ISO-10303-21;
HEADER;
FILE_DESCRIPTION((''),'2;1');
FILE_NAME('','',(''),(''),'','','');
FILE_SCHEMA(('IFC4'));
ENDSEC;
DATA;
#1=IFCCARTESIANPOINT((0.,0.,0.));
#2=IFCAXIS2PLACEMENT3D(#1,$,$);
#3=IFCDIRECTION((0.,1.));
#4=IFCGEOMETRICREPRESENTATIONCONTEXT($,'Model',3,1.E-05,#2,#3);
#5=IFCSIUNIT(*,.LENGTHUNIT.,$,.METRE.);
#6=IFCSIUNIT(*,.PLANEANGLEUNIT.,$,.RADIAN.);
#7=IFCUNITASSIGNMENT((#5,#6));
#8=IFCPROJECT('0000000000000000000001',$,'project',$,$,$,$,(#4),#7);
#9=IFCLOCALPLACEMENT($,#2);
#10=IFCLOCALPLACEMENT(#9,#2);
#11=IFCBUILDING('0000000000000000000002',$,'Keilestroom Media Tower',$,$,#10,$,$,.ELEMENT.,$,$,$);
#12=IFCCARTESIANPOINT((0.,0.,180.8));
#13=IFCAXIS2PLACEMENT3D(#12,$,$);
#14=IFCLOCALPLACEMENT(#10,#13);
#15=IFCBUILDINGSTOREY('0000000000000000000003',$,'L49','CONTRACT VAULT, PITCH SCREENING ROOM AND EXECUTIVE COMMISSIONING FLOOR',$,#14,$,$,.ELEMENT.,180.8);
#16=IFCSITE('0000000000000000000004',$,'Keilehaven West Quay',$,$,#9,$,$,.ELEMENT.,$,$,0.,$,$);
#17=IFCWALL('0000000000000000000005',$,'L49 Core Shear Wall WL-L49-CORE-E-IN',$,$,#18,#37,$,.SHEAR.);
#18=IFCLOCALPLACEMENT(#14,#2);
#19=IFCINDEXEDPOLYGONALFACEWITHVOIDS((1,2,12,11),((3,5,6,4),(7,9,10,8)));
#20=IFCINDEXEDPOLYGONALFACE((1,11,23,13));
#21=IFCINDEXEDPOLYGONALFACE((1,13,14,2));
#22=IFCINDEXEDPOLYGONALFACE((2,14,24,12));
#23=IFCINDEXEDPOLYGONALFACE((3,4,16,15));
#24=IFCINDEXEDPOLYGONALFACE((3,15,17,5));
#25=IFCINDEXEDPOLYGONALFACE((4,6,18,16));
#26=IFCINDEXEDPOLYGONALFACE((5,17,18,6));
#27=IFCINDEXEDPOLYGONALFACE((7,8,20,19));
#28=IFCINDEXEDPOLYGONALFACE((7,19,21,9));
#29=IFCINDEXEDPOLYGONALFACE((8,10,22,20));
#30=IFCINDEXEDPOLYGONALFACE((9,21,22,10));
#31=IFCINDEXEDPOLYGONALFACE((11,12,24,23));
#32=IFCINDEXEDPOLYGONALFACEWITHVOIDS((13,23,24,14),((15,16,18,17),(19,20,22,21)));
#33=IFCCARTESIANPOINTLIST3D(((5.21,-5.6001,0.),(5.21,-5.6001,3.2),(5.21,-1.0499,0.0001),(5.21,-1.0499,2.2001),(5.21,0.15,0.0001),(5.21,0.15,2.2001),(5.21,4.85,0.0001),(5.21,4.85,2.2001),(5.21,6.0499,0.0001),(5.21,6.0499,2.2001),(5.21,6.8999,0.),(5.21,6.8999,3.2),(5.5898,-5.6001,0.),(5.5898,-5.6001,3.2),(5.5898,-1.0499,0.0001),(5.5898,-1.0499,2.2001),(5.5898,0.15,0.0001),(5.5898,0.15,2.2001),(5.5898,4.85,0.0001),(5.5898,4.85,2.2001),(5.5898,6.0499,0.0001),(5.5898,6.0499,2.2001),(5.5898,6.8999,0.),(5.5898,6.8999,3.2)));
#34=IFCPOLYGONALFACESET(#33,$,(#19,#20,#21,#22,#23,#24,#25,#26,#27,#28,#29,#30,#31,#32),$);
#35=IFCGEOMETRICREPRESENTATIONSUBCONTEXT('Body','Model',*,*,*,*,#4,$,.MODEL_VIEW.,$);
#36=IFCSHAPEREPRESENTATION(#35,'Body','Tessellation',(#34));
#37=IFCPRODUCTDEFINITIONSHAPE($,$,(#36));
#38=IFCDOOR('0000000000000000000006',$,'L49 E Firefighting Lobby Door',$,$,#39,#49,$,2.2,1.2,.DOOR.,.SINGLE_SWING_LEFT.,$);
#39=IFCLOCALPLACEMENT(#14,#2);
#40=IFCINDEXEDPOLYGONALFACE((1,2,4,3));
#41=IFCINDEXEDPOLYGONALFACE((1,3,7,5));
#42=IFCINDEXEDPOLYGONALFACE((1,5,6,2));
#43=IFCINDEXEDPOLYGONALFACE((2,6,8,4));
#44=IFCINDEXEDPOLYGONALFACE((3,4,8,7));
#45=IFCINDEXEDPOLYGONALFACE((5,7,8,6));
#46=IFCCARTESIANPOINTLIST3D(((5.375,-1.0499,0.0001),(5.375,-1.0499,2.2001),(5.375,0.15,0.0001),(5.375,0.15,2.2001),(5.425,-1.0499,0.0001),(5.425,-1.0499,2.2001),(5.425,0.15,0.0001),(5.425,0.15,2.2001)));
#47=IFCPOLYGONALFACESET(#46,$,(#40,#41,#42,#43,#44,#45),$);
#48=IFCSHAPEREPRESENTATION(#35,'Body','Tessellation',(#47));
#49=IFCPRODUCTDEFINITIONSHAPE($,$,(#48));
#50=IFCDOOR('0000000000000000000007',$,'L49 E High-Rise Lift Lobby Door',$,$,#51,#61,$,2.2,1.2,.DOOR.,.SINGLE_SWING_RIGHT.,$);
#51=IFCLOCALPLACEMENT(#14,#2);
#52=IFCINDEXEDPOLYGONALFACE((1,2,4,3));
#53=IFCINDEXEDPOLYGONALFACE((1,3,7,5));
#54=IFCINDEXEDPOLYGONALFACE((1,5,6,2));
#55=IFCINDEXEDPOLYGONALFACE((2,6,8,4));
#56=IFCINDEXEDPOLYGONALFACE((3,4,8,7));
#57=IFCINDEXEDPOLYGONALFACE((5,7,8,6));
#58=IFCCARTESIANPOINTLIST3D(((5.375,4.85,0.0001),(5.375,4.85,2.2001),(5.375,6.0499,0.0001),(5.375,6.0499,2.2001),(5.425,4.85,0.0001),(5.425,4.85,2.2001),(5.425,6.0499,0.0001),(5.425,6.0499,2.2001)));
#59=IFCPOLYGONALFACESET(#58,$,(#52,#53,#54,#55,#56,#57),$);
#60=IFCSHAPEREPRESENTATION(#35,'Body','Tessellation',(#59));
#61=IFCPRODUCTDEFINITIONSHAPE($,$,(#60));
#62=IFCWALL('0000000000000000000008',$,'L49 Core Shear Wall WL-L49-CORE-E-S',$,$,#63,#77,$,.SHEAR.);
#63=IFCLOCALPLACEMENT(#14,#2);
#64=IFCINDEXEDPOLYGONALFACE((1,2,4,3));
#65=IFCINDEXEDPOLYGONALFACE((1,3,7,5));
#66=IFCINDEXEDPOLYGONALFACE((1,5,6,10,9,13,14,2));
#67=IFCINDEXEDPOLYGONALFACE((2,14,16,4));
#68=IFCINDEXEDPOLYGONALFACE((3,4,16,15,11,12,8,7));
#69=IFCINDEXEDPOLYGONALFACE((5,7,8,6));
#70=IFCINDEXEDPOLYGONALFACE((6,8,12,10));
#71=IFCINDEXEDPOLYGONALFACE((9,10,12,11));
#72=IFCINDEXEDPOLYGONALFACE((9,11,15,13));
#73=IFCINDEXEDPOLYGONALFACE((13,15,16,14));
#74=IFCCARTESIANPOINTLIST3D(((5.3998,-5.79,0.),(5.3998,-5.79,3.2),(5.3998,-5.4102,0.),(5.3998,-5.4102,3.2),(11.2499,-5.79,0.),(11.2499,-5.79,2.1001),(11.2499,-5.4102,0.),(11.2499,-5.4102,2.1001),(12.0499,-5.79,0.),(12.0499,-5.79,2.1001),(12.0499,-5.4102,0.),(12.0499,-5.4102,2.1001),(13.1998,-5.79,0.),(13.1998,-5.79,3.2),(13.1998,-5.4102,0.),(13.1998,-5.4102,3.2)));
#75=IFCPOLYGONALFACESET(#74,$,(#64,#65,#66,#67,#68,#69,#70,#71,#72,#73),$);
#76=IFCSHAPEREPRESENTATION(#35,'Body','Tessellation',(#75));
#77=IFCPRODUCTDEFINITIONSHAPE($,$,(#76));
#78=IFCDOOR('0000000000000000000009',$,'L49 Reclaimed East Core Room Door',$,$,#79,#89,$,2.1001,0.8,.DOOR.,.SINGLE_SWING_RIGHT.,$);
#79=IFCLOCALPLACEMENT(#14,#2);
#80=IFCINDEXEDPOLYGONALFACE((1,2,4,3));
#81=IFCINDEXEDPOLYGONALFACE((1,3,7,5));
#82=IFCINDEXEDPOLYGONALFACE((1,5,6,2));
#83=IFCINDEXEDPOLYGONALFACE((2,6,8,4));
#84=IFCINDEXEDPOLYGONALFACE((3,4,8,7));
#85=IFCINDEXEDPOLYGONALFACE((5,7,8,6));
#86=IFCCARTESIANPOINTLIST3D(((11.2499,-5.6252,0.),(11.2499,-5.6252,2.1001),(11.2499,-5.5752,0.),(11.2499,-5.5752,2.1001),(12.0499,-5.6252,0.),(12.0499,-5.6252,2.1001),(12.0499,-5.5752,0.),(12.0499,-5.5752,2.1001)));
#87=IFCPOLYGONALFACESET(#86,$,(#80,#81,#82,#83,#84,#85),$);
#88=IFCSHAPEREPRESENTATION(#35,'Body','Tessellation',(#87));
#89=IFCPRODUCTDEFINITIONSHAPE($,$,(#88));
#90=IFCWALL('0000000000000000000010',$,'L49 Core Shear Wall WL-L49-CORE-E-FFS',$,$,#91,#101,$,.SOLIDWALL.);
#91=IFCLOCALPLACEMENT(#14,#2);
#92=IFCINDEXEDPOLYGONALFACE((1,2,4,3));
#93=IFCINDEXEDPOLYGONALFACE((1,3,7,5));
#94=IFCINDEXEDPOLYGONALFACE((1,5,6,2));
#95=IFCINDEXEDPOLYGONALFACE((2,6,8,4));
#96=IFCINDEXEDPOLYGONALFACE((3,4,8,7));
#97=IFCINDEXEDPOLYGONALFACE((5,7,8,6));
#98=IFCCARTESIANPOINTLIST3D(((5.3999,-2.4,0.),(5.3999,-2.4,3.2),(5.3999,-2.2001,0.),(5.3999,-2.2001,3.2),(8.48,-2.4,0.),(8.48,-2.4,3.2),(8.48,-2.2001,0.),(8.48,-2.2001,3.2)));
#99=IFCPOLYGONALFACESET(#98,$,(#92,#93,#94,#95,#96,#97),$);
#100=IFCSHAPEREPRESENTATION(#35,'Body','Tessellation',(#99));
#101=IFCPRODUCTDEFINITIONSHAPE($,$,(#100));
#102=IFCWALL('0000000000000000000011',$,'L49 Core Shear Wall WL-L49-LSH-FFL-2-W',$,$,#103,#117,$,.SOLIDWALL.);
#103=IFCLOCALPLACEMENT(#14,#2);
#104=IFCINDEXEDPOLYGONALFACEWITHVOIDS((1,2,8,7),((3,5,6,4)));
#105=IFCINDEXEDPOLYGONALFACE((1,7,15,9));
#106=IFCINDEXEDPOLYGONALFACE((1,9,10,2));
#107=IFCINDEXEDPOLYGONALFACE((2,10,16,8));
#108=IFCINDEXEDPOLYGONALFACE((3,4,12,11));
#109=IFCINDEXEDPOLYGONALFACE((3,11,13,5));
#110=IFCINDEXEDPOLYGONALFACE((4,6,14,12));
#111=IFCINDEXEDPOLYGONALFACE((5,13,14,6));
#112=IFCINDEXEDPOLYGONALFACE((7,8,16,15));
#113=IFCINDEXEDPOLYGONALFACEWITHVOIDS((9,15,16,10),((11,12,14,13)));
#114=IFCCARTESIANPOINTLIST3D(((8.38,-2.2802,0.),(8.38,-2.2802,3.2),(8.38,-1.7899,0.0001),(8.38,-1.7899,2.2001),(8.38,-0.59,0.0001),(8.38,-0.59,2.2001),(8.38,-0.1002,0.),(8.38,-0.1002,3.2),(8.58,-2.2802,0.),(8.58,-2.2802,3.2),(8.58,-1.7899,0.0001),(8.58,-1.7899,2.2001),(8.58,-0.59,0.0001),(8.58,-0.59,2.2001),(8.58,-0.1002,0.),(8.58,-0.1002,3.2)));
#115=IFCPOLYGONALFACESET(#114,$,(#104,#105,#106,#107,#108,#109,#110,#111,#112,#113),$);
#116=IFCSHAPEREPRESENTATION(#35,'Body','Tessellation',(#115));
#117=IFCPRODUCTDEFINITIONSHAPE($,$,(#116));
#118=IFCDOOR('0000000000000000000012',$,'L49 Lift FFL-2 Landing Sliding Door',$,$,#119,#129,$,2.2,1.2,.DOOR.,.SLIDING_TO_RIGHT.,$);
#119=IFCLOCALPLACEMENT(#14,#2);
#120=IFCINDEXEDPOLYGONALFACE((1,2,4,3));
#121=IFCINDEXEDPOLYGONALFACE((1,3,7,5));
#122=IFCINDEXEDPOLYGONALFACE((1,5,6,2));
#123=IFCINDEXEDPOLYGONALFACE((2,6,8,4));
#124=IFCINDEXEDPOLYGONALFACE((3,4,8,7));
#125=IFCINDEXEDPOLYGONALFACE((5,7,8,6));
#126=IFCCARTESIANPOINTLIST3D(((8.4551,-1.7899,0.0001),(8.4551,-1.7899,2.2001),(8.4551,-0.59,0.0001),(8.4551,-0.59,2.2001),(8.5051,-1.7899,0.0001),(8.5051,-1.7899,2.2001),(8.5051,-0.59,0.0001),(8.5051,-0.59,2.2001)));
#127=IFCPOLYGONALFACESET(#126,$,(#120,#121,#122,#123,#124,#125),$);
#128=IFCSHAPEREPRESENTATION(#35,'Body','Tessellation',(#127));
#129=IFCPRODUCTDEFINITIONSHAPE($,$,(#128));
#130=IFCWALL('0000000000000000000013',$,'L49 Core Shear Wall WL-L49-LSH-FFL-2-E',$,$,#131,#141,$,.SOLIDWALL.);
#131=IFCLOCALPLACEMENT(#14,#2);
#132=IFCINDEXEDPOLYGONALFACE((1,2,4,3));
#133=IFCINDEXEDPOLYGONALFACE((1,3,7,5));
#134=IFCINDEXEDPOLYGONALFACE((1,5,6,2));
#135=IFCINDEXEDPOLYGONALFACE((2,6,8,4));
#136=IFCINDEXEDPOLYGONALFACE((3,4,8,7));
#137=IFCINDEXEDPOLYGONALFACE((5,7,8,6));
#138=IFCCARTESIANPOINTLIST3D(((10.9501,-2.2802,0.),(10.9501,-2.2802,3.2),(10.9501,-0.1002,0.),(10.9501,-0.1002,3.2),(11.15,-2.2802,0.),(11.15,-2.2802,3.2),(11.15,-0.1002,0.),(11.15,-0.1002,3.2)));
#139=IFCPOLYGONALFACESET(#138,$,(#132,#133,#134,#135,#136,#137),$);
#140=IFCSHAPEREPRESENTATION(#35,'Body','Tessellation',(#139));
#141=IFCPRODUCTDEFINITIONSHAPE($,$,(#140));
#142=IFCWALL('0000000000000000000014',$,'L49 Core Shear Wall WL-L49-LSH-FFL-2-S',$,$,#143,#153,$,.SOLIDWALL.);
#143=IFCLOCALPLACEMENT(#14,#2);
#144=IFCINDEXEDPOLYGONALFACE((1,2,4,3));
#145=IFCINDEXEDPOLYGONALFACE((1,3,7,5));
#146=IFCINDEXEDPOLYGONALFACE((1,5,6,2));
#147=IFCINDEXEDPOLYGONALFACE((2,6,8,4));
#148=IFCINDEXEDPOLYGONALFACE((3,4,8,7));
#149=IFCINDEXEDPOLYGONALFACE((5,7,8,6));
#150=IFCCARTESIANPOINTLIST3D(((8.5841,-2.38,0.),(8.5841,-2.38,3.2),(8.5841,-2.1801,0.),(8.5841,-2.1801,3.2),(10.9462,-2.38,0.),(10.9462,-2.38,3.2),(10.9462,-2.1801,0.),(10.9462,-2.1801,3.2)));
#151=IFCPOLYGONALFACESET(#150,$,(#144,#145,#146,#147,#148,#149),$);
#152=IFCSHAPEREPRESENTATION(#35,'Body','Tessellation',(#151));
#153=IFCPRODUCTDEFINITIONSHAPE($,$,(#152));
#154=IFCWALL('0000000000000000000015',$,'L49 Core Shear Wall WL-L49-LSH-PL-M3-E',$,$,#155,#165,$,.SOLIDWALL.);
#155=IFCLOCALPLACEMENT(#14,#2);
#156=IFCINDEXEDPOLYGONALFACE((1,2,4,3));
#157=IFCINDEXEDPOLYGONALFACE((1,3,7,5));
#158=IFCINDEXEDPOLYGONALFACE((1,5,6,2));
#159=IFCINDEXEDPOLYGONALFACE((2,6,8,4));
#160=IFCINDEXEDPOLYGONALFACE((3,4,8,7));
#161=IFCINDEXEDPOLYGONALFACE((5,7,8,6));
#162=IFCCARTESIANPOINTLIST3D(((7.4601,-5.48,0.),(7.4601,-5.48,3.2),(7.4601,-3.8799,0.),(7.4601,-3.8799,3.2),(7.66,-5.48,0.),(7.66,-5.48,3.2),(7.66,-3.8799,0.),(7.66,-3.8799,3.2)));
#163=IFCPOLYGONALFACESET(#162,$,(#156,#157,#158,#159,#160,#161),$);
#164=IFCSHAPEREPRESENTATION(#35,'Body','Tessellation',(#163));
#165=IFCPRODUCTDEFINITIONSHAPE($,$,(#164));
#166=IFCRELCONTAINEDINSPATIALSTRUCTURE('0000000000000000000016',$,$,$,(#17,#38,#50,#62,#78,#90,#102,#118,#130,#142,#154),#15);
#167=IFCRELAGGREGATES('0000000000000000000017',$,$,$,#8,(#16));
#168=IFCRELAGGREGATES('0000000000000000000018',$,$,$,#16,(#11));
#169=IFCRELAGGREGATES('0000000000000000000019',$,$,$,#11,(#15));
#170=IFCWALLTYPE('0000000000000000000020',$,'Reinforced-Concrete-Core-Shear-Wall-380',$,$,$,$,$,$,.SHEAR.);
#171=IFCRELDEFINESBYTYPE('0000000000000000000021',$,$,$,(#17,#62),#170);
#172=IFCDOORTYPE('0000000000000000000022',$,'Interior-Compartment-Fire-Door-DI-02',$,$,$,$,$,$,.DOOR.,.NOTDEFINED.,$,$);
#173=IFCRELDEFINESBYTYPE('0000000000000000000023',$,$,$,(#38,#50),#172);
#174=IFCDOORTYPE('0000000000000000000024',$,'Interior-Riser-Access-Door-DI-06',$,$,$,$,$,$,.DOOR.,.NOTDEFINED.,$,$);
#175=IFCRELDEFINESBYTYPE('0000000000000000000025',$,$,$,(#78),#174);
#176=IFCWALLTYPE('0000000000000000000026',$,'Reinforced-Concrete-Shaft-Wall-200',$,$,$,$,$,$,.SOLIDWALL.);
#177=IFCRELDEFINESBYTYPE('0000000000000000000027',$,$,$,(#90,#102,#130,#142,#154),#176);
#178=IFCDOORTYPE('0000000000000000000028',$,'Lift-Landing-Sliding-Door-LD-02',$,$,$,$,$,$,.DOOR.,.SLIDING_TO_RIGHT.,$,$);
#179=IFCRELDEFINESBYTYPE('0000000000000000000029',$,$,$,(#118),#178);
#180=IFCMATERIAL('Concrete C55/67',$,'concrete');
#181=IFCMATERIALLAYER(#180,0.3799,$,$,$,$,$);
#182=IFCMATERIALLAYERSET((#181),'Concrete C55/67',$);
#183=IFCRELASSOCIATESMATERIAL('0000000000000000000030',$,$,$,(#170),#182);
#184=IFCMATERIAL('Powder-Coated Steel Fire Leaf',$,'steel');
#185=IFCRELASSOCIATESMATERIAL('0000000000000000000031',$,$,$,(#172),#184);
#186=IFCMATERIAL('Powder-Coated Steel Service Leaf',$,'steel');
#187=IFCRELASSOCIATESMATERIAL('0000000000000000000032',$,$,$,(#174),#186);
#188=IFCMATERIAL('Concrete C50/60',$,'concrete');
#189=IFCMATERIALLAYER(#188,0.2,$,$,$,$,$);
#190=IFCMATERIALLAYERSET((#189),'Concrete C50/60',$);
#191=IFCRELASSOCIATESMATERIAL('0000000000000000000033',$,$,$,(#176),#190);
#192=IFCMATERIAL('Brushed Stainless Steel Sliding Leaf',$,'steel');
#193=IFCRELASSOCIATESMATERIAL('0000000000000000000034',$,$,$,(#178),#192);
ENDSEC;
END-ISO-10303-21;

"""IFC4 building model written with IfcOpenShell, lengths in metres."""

from ifc_helpers import new_model, si_unit, direction, frame, frame_2d, origin, place, context, subcontext, project, spatial, rectangle, extrude, source, transform, mapped, material, layer, layer_set, type_object, element, fill, save


model = new_model("IFC4")

# Units and contexts
model_context = context("Model", 3, precision=1e-05, world=origin(), true_north=direction((0.0, 1.0)))
body_context = subcontext(model_context, "Body", "Model", "MODEL_VIEW")
ifc_project = project(units=[si_unit("LENGTHUNIT", "METRE"), si_unit("PLANEANGLEUNIT", "RADIAN")], contexts=[model_context])

# Site, building, storey
site_placement = place(None, origin())
site = spatial("IfcSite", under=ifc_project, at=site_placement, Name="Keilehaven West Quay", CompositionType="ELEMENT", RefElevation=0.0)
building_placement = place(site_placement, origin())
building = spatial("IfcBuilding", under=site, at=building_placement, Name="Keilestroom Media Tower", CompositionType="ELEMENT")
storey_placement = place(building_placement, frame((0.0, 0.0, 180.8)))
storey = spatial("IfcBuildingStorey", under=building, at=storey_placement, Name="L49", Description="CONTRACT VAULT, PITCH SCREENING ROOM AND EXECUTIVE COMMISSIONING FLOOR", CompositionType="ELEMENT", Elevation=180.8)

# Shared definitions
ifc_material_1 = material(Name="Concrete C55/67", Category="concrete")

# Shared definitions
ifc_layer_1 = layer(ifc_material_1, 0.3799)
ifc_layer_set_1 = layer_set([ifc_layer_1], Name="Concrete C55/67")
wall_type_1 = type_object("IfcWallType", Name="Reinforced-Concrete-Core-Shear-Wall-380", PredefinedType="SHEAR", material=ifc_layer_set_1)

# Wall, openings, doors
wall_1_placement = place(storey_placement, frame((5.3999, -5.6001, 0.0), z_axis=(0.0, 0.0, 1.0), x_axis=(0.0, 1.0, 0.0)))
wall_1 = element("IfcWall", 1, at=wall_1_placement, inside=storey, type_object=wall_type_1, Name="L49 Core Shear Wall WL-L49-CORE-E-IN", PredefinedType="SHEAR", context=body_context, shape_type="SweptSolid", body=[
    extrude(rectangle(XDim=12.5, YDim=0.3799, at=frame_2d((6.25, 0.0))), origin(), (0.0, 0.0, 1.0), 3.2),
])
opening_1_placement = place(wall_1_placement, frame((4.55, 0.0, 0.0)))
opening_1 = element("IfcOpeningElement", 2, at=opening_1_placement, cuts=wall_1, PredefinedType="OPENING", context=body_context, shape_type="SweptSolid", body=[
    extrude(rectangle(XDim=1.2, YDim=2.2, at=frame_2d((0.6001, 1.1001))), frame((0.0, 0.2, 0.0), z_axis=(0.0, -1.0, 0.0), x_axis=(1.0, 0.0, 0.0)), (0.0, 0.0, 1.0), 0.3999),
])
opening_2_placement = place(wall_1_placement, frame((10.45, 0.0, 0.0)))
opening_2 = element("IfcOpeningElement", 3, at=opening_2_placement, cuts=wall_1, PredefinedType="OPENING", context=body_context, shape_type="SweptSolid", body=[
    extrude(rectangle(XDim=1.2, YDim=2.2, at=frame_2d((0.6001, 1.1001))), frame((0.0, 0.2, 0.0), z_axis=(0.0, -1.0, 0.0), x_axis=(1.0, 0.0, 0.0)), (0.0, 0.0, 1.0), 0.3999),
])
ifc_material_2 = material(Name="Powder-Coated Steel Fire Leaf", Category="steel")
door_type_1 = type_object("IfcDoorType", Name="Interior-Compartment-Fire-Door-DI-02", OperationType="NOTDEFINED", PredefinedType="DOOR", material=ifc_material_2)
shared_shape_1 = source(origin(), body_context, "Body", "SweptSolid", [
    extrude(rectangle(XDim=1.2, YDim=2.2, at=frame_2d((0.6001, 1.1001))), frame((0.0, 0.0249, 0.0), z_axis=(0.0, -1.0, 0.0), x_axis=(1.0, 0.0, 0.0)), (0.0, 0.0, 1.0), 0.05),
])
door_1_placement = place(opening_1_placement, origin())
door_1 = element("IfcDoor", 4, at=door_1_placement, inside=storey, type_object=door_type_1, Name="L49 E Firefighting Lobby Door", OperationType="SINGLE_SWING_LEFT", OverallHeight=2.2, OverallWidth=1.2, PredefinedType="DOOR", context=body_context, shape_type="MappedRepresentation", body=[
    mapped(shared_shape_1, transform((0.0, 0.0, 0.0), x_axis=(1.0, 0.0, 0.0), y_axis=(0.0, 1.0, 0.0), z_axis=(0.0, 0.0, 1.0), scale=1.0)),
])
fill(opening_1, door_1)
door_2_placement = place(opening_2_placement, origin())
door_2 = element("IfcDoor", 5, at=door_2_placement, inside=storey, type_object=door_type_1, Name="L49 E High-Rise Lift Lobby Door", OperationType="SINGLE_SWING_RIGHT", OverallHeight=2.2, OverallWidth=1.2, PredefinedType="DOOR", context=body_context, shape_type="MappedRepresentation", body=[
    mapped(shared_shape_1, transform((0.0, 0.0, 0.0), x_axis=(1.0, 0.0, 0.0), y_axis=(0.0, 1.0, 0.0), z_axis=(0.0, 0.0, 1.0), scale=1.0)),
])
fill(opening_2, door_2)

# Wall, opening, door
wall_2_placement = place(storey_placement, frame((5.3999, -5.6001, 0.0), z_axis=(0.0, 0.0, 1.0), x_axis=(1.0, 0.0, 0.0)))
wall_2 = element("IfcWall", 6, at=wall_2_placement, inside=storey, type_object=wall_type_1, Name="L49 Core Shear Wall WL-L49-CORE-E-S", PredefinedType="SHEAR", context=body_context, shape_type="SweptSolid", body=[
    extrude(rectangle(XDim=7.8, YDim=0.3799, at=frame_2d((3.8999, 0.0))), origin(), (0.0, 0.0, 1.0), 3.2),
])
opening_3_placement = place(wall_2_placement, frame((5.8501, 0.0, 0.0)))
opening_3 = element("IfcOpeningElement", 7, at=opening_3_placement, cuts=wall_2, PredefinedType="OPENING", context=body_context, shape_type="SweptSolid", body=[
    extrude(rectangle(XDim=0.8, YDim=2.1001, at=frame_2d((0.3999, 1.05))), frame((0.0, 0.2, 0.0), z_axis=(0.0, -1.0, 0.0), x_axis=(1.0, 0.0, 0.0)), (0.0, 0.0, 1.0), 0.3999),
])
ifc_material_3 = material(Name="Powder-Coated Steel Service Leaf", Category="steel")
door_type_2 = type_object("IfcDoorType", Name="Interior-Riser-Access-Door-DI-06", OperationType="NOTDEFINED", PredefinedType="DOOR", material=ifc_material_3)
shared_shape_2 = source(origin(), body_context, "Body", "SweptSolid", [
    extrude(rectangle(XDim=0.8, YDim=2.1001, at=frame_2d((0.3999, 1.05))), frame((0.0, 0.0249, 0.0), z_axis=(0.0, -1.0, 0.0), x_axis=(1.0, 0.0, 0.0)), (0.0, 0.0, 1.0), 0.05),
])
door_3_placement = place(opening_3_placement, origin())
door_3 = element("IfcDoor", 8, at=door_3_placement, inside=storey, type_object=door_type_2, Name="L49 Reclaimed East Core Room Door", OperationType="SINGLE_SWING_RIGHT", OverallHeight=2.1001, OverallWidth=0.8, PredefinedType="DOOR", context=body_context, shape_type="MappedRepresentation", body=[
    mapped(shared_shape_2, transform((0.0, 0.0, 0.0), x_axis=(1.0, 0.0, 0.0), y_axis=(0.0, 1.0, 0.0), z_axis=(0.0, 0.0, 1.0), scale=1.0)),
])
fill(opening_3, door_3)

# Wall
ifc_material_4 = material(Name="Concrete C50/60", Category="concrete")
ifc_layer_2 = layer(ifc_material_4, 0.2)
ifc_layer_set_2 = layer_set([ifc_layer_2], Name="Concrete C50/60")
wall_type_2 = type_object("IfcWallType", Name="Reinforced-Concrete-Shaft-Wall-200", PredefinedType="SOLIDWALL", material=ifc_layer_set_2)
wall_3_placement = place(storey_placement, frame((5.3999, -2.3, 0.0), z_axis=(0.0, 0.0, 1.0), x_axis=(1.0, 0.0, 0.0)))
element("IfcWall", 9, at=wall_3_placement, inside=storey, type_object=wall_type_2, Name="L49 Core Shear Wall WL-L49-CORE-E-FFS", PredefinedType="SOLIDWALL", context=body_context, shape_type="SweptSolid", body=[
    extrude(rectangle(XDim=3.0801, YDim=0.2, at=frame_2d((1.54, 0.0))), origin(), (0.0, 0.0, 1.0), 3.2),
])

# Wall, opening, door
wall_4_placement = place(storey_placement, frame((8.48, -2.28, 0.0), z_axis=(0.0, 0.0, 1.0), x_axis=(0.0, 1.0, 0.0)))
wall_4 = element("IfcWall", 10, at=wall_4_placement, inside=storey, type_object=wall_type_2, Name="L49 Core Shear Wall WL-L49-LSH-FFL-2-W", PredefinedType="SOLIDWALL", context=body_context, shape_type="SweptSolid", body=[
    extrude(rectangle(XDim=2.1799, YDim=0.2, at=frame_2d((1.0898, 0.0))), origin(), (0.0, 0.0, 1.0), 3.2),
])
opening_4_placement = place(wall_4_placement, frame((0.49, 0.0, 0.0)))
opening_4 = element("IfcOpeningElement", 11, at=opening_4_placement, cuts=wall_4, PredefinedType="OPENING", context=body_context, shape_type="SweptSolid", body=[
    extrude(rectangle(XDim=1.2, YDim=2.2, at=frame_2d((0.6001, 1.1001))), frame((0.0, 0.1099, 0.0), z_axis=(0.0, -1.0, 0.0), x_axis=(1.0, 0.0, 0.0)), (0.0, 0.0, 1.0), 0.22),
])
ifc_material_5 = material(Name="Brushed Stainless Steel Sliding Leaf", Category="steel")
door_type_3 = type_object("IfcDoorType", Name="Lift-Landing-Sliding-Door-LD-02", OperationType="SLIDING_TO_RIGHT", PredefinedType="DOOR", material=ifc_material_5)
door_4_placement = place(opening_4_placement, origin())
door_4 = element("IfcDoor", 12, at=door_4_placement, inside=storey, type_object=door_type_3, Name="L49 Lift FFL-2 Landing Sliding Door", OperationType="SLIDING_TO_RIGHT", OverallHeight=2.2, OverallWidth=1.2, PredefinedType="DOOR", context=body_context, shape_type="MappedRepresentation", body=[
    mapped(shared_shape_1, transform((0.0, 0.0, 0.0), x_axis=(1.0, 0.0, 0.0), y_axis=(0.0, 1.0, 0.0), z_axis=(0.0, 0.0, 1.0), scale=1.0)),
])
fill(opening_4, door_4)

# Walls
wall_5_placement = place(storey_placement, frame((11.05, -2.28, 0.0), z_axis=(0.0, 0.0, 1.0), x_axis=(0.0, 1.0, 0.0)))
element("IfcWall", 13, at=wall_5_placement, inside=storey, type_object=wall_type_2, Name="L49 Core Shear Wall WL-L49-LSH-FFL-2-E", PredefinedType="SOLIDWALL", context=body_context, shape_type="SweptSolid", body=[
    extrude(rectangle(XDim=2.1799, YDim=0.2, at=frame_2d((1.0898, 0.0))), origin(), (0.0, 0.0, 1.0), 3.2),
])
wall_6_placement = place(storey_placement, frame((8.584, -2.28, 0.0), z_axis=(0.0, 0.0, 1.0), x_axis=(1.0, 0.0, 0.0)))
element("IfcWall", 14, at=wall_6_placement, inside=storey, type_object=wall_type_2, Name="L49 Core Shear Wall WL-L49-LSH-FFL-2-S", PredefinedType="SOLIDWALL", context=body_context, shape_type="SweptSolid", body=[
    extrude(rectangle(XDim=2.3621, YDim=0.2, at=frame_2d((1.1812, 0.0))), origin(), (0.0, 0.0, 1.0), 3.2),
])
wall_7_placement = place(storey_placement, frame((7.5601, -5.48, 0.0), z_axis=(0.0, 0.0, 1.0), x_axis=(0.0, 1.0, 0.0)))
element("IfcWall", 15, at=wall_7_placement, inside=storey, type_object=wall_type_2, Name="L49 Core Shear Wall WL-L49-LSH-PL-M3-E", PredefinedType="SOLIDWALL", context=body_context, shape_type="SweptSolid", body=[
    extrude(rectangle(XDim=1.6001, YDim=0.2, at=frame_2d((0.8, 0.0))), origin(), (0.0, 0.0, 1.0), 3.2),
])

save(model, "model.ifc")
